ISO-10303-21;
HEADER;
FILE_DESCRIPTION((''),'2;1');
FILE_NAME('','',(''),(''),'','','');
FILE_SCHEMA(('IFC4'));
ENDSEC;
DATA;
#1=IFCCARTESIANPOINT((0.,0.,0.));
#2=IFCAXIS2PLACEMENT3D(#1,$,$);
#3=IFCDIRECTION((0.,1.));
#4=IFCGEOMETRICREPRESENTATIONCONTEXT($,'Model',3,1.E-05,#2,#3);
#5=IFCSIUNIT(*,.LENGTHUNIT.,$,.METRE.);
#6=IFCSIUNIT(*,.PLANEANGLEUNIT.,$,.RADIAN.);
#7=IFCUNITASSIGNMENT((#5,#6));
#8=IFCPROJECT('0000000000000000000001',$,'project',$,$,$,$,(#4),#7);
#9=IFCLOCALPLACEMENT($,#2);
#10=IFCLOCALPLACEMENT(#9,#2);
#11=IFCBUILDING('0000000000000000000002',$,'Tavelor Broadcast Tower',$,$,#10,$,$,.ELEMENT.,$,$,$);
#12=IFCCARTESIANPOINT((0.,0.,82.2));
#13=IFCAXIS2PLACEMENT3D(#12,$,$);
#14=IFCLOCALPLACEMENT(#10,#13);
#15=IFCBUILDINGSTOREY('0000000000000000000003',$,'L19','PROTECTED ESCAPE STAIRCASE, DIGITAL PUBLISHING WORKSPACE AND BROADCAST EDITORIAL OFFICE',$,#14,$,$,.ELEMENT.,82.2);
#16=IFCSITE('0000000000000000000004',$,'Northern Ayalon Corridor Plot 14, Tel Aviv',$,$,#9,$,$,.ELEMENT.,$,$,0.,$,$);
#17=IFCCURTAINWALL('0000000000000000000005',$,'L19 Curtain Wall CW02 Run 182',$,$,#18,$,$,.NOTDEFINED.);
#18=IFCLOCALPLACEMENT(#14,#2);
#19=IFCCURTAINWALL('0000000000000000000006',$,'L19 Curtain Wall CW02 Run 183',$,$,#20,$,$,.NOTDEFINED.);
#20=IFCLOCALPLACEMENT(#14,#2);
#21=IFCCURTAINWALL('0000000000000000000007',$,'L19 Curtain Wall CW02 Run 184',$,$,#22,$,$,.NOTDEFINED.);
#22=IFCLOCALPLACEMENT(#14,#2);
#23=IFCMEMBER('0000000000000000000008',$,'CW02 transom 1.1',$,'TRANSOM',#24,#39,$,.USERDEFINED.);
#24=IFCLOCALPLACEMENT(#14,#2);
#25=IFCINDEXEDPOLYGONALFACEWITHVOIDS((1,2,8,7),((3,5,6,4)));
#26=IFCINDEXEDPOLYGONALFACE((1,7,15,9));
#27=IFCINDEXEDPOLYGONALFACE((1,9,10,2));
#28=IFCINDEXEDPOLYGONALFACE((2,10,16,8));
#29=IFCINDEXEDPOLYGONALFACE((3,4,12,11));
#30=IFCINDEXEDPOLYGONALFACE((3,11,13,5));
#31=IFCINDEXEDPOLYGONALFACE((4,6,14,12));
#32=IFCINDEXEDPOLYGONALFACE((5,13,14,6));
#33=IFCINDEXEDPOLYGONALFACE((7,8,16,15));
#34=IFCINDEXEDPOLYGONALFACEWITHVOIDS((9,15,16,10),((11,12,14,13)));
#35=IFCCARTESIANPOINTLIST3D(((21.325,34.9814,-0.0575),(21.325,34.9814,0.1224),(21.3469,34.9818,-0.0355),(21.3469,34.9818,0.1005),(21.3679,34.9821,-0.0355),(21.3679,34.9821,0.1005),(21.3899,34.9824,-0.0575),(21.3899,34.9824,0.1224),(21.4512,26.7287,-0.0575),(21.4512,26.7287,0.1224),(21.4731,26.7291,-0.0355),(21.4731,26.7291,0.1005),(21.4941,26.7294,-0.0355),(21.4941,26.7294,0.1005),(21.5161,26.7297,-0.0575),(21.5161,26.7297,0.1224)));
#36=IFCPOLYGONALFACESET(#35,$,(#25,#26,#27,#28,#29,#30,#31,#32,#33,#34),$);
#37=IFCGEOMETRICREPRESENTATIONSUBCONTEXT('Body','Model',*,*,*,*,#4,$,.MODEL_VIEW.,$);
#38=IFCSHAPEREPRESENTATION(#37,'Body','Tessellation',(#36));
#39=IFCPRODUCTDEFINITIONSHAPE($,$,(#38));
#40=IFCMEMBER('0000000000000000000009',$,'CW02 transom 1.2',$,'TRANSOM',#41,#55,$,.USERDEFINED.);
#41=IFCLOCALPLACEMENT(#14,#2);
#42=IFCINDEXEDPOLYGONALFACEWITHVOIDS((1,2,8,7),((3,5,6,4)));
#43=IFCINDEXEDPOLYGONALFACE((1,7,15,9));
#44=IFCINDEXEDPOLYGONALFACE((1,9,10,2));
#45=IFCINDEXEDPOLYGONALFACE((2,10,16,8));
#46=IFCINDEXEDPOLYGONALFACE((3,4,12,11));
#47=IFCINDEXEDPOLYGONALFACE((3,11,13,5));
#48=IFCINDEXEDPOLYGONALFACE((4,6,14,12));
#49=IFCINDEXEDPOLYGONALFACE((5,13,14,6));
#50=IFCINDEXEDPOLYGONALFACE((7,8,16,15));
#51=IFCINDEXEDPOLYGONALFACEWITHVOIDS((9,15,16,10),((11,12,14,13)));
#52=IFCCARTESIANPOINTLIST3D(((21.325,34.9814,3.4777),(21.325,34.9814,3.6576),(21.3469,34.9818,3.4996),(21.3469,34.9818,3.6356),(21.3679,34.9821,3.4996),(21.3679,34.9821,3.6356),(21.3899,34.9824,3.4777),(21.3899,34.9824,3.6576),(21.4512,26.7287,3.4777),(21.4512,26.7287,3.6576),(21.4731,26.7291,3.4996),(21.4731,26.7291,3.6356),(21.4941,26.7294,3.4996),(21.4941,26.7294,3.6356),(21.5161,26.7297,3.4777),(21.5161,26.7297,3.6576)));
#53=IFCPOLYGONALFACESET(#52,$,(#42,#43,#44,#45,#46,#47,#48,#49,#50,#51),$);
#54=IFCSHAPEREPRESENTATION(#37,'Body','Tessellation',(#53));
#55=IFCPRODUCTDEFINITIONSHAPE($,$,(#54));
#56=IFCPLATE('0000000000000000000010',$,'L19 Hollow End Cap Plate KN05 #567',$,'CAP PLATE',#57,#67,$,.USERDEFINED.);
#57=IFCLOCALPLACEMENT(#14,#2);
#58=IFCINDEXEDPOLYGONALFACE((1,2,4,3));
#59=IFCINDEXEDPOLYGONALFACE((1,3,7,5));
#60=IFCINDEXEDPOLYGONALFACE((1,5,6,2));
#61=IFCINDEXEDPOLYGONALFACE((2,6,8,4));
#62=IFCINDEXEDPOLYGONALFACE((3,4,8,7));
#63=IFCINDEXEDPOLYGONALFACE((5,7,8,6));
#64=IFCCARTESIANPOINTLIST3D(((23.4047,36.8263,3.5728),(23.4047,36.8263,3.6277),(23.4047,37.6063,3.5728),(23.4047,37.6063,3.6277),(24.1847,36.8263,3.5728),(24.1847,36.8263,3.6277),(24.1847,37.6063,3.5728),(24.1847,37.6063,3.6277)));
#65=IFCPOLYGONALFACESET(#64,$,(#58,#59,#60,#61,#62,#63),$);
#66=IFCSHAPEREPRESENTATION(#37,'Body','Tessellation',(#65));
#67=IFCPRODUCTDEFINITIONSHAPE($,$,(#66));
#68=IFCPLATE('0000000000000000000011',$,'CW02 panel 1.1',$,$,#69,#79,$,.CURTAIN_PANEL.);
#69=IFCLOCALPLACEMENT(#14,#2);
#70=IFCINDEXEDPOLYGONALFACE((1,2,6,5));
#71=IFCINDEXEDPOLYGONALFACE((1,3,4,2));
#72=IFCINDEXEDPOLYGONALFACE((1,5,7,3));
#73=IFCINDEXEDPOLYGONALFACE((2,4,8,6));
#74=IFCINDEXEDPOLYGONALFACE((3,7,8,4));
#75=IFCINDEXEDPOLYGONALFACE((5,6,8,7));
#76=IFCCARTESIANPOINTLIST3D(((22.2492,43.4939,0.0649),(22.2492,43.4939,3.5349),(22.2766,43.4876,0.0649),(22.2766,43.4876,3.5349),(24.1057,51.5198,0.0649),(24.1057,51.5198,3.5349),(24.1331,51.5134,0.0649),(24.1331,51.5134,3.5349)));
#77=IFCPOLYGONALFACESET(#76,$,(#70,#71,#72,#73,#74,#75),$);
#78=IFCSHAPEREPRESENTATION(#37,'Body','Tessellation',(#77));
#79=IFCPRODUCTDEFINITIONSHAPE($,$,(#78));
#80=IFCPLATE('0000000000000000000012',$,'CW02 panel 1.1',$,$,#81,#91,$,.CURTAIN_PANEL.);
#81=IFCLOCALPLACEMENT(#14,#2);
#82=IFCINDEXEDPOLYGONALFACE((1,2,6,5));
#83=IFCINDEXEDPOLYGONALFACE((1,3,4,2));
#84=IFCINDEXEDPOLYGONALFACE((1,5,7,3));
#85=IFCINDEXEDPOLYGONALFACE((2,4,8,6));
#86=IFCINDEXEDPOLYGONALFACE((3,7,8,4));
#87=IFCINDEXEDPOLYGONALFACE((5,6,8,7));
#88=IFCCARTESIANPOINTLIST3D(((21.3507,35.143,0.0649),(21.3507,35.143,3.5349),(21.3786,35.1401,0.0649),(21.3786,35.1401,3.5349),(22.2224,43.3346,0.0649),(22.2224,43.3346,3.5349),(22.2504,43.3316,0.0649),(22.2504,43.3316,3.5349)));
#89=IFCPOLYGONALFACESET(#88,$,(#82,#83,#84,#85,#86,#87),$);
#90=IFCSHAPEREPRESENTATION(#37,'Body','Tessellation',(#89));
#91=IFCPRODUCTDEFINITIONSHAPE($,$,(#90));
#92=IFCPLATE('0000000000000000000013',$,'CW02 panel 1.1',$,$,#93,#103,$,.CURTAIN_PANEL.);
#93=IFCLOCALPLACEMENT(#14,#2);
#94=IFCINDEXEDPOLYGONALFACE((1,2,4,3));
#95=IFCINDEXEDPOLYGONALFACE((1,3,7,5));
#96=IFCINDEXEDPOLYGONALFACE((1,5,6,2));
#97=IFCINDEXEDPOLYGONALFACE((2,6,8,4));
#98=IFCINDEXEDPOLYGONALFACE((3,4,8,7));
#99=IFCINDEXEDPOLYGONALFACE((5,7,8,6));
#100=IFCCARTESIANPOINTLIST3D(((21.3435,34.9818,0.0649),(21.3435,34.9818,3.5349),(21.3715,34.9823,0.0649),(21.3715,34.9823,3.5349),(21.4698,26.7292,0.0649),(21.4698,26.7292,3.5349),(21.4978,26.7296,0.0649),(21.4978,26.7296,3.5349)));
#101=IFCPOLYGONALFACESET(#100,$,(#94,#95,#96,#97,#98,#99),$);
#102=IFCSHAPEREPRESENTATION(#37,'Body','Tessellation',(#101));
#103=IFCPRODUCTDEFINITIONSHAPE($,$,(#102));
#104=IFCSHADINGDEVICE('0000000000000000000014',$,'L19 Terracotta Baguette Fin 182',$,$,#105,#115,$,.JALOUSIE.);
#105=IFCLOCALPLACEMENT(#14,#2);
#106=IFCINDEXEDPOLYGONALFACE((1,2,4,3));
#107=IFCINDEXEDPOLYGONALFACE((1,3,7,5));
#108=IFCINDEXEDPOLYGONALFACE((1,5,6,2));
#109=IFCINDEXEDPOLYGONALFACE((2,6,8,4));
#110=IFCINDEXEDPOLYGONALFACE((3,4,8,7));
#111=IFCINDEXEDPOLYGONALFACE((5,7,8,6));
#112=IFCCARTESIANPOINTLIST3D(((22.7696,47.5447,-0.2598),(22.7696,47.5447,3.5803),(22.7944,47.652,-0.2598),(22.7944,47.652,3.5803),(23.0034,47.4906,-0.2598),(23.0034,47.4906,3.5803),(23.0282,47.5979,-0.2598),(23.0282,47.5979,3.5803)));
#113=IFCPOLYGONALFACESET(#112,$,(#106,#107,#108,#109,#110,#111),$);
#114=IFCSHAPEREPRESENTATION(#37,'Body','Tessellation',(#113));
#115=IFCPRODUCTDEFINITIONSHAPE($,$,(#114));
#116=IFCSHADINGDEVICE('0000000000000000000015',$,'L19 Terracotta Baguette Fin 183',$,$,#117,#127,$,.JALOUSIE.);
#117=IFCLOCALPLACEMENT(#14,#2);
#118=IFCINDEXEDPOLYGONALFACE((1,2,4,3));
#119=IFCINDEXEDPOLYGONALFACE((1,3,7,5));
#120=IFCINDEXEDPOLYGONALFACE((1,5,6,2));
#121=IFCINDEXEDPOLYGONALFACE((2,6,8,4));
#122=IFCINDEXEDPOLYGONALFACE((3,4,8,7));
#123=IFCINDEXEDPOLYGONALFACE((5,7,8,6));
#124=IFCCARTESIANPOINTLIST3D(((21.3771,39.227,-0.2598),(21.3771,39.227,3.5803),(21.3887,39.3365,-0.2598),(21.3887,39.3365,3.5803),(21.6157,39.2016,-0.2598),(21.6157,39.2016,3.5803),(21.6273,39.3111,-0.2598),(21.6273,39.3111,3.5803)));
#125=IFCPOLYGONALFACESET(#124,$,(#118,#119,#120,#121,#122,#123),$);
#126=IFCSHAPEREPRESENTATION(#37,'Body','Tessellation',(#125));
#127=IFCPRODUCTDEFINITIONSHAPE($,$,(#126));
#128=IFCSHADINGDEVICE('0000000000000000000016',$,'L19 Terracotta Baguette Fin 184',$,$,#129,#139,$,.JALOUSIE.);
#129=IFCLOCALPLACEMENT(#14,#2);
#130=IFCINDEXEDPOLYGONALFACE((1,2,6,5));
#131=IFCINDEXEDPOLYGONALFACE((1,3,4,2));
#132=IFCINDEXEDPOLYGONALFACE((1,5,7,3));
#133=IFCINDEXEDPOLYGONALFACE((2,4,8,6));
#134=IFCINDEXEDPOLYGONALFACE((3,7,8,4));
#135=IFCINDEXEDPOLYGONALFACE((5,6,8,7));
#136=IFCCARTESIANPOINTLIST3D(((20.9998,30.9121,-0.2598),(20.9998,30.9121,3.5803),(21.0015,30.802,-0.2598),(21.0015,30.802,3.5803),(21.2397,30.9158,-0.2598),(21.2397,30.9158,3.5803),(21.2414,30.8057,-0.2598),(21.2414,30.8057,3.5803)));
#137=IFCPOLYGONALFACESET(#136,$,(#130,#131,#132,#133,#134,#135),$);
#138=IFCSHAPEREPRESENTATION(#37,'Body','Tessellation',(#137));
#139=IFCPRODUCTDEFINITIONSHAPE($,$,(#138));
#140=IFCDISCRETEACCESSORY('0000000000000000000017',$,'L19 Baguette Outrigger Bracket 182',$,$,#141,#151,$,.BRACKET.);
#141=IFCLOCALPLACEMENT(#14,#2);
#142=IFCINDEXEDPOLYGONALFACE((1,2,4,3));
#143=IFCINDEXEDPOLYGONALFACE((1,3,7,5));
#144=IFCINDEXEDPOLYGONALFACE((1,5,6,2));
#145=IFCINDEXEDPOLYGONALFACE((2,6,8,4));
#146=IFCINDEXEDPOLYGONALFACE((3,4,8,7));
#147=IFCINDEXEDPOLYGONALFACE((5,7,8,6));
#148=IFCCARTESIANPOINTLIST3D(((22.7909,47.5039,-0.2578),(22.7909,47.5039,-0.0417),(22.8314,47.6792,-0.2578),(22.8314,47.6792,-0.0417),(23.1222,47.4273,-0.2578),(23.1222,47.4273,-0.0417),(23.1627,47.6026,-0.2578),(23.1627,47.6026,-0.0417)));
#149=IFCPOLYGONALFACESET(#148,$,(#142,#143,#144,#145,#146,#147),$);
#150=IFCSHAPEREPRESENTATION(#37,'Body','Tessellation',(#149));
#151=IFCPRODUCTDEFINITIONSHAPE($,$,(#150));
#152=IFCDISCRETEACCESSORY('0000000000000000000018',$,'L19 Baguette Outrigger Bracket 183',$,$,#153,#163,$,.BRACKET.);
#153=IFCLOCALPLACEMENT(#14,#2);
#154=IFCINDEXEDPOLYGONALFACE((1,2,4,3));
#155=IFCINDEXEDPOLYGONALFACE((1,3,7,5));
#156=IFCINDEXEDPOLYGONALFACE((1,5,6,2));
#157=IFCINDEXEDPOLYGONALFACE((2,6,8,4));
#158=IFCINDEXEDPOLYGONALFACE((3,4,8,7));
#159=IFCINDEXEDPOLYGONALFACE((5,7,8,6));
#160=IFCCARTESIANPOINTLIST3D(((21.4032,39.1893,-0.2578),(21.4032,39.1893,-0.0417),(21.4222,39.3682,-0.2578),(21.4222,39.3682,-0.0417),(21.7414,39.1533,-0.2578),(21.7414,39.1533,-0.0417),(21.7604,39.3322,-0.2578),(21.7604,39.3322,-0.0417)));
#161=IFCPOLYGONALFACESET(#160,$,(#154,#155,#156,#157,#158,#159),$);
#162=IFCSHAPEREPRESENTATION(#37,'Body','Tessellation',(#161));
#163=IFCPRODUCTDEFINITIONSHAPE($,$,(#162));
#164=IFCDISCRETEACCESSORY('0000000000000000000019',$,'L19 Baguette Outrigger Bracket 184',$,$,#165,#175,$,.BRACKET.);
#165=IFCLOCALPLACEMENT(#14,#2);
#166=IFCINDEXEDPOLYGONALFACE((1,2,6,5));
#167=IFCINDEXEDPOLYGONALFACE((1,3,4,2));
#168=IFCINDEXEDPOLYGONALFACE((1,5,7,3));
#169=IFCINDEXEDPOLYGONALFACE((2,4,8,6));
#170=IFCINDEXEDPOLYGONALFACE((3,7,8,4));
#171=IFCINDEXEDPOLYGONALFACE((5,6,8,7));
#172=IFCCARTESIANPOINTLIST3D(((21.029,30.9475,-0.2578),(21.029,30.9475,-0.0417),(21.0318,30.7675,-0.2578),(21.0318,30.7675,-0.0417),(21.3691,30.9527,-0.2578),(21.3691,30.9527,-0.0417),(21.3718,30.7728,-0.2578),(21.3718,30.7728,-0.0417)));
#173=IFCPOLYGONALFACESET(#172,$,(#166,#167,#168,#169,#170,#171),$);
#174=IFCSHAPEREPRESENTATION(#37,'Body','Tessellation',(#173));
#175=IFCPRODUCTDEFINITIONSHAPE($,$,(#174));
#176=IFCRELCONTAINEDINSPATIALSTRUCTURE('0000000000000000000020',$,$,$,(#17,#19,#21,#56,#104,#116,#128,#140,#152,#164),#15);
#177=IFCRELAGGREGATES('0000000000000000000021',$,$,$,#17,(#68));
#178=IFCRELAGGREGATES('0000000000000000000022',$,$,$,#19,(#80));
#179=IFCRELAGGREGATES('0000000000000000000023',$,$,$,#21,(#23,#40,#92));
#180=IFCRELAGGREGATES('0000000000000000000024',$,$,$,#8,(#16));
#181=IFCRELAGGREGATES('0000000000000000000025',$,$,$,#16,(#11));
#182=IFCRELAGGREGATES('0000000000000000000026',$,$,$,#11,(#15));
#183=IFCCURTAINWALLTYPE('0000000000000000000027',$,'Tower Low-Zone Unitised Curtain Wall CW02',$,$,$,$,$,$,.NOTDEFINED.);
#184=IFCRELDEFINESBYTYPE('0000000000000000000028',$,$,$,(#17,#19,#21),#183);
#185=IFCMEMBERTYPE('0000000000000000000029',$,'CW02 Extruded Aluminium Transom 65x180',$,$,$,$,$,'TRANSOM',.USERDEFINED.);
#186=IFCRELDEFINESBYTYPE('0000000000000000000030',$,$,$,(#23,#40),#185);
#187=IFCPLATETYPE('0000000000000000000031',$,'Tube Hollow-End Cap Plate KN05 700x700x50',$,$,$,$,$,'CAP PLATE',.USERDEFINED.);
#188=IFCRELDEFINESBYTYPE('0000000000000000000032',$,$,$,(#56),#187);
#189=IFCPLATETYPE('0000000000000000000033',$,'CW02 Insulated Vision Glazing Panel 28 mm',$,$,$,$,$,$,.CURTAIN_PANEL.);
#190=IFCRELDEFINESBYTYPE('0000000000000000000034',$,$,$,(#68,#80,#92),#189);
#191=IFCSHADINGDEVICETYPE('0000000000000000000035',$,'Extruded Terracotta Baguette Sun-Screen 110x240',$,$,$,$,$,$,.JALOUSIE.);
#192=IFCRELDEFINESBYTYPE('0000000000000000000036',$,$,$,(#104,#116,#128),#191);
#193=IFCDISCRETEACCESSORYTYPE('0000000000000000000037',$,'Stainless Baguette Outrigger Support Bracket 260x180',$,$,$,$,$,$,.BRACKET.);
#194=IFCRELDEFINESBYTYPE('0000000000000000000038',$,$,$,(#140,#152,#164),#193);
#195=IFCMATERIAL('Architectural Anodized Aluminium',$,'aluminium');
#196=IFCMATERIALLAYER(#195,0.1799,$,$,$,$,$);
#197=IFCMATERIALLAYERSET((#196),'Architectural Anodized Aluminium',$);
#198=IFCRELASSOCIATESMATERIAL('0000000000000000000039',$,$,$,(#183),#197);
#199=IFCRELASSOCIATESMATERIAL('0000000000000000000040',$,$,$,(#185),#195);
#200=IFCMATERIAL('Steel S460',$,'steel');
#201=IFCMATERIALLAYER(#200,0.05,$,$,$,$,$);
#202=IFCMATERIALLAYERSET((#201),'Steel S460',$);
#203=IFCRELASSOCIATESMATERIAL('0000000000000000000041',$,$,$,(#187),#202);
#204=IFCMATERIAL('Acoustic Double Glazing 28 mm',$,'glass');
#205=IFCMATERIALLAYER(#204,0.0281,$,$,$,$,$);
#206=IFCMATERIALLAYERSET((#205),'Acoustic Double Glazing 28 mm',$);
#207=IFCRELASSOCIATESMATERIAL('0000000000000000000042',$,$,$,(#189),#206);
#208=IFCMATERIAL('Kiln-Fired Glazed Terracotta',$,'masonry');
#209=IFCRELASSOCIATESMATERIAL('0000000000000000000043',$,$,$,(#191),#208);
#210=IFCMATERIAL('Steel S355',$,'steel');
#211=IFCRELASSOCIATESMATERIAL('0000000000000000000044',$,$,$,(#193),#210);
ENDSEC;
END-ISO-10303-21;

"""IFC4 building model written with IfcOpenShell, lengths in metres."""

from ifc_helpers import new_model, si_unit, direction, frame, origin, origin_2d, place, context, subcontext, project, spatial, rectangle, hollow_rectangle, extrude, source, transform, mapped, material, layer, layer_set, material_profile, profile_set, type_object, type_shapes, element, aggregate, save


model = new_model("IFC4")

# Units and contexts
model_context = context("Model", 3, precision=1e-05, world=origin(), true_north=direction((0.0, 1.0)))
body_context = subcontext(model_context, "Body", "Model", "MODEL_VIEW")
ifc_project = project(units=[si_unit("LENGTHUNIT", "METRE"), si_unit("PLANEANGLEUNIT", "RADIAN")], contexts=[model_context])

# Site, building, storey
site_placement = place(None, origin())
site = spatial("IfcSite", under=ifc_project, at=site_placement, Name="Northern Ayalon Corridor Plot 14, Tel Aviv", CompositionType="ELEMENT", RefElevation=0.0)
building_placement = place(site_placement, origin())
building = spatial("IfcBuilding", under=site, at=building_placement, Name="Tavelor Broadcast Tower", CompositionType="ELEMENT")
storey_placement = place(building_placement, frame((0.0, 0.0, 82.2)))
storey = spatial("IfcBuildingStorey", under=building, at=storey_placement, Name="L19", Description="PROTECTED ESCAPE STAIRCASE, DIGITAL PUBLISHING WORKSPACE AND BROADCAST EDITORIAL OFFICE", CompositionType="ELEMENT", Elevation=82.2)

# Shared definitions
ifc_material_1 = material(Name="Steel S460", Category="steel")

# Shared definitions
ifc_material_2 = material(Name="Steel S355", Category="steel")

# Curtain wall
ifc_material_3 = material(Name="Architectural Anodized Aluminium", Category="aluminium")
ifc_layer_1 = layer(ifc_material_3, 0.1799)
ifc_layer_set_1 = layer_set([ifc_layer_1], Name="Architectural Anodized Aluminium")
curtain_wall_type = type_object("IfcCurtainWallType", Name="Tower Low-Zone Unitised Curtain Wall CW02", PredefinedType="NOTDEFINED", material=ifc_layer_set_1)
curtain_wall_1_placement = place(storey_placement, origin())
curtain_wall_1 = element("IfcCurtainWall", 1, at=curtain_wall_1_placement, inside=storey, type_object=curtain_wall_type, Name="L19 Curtain Wall CW02 Run 182", PredefinedType="NOTDEFINED")

# Curtain wall
curtain_wall_2_placement = place(storey_placement, origin())
curtain_wall_2 = element("IfcCurtainWall", 2, at=curtain_wall_2_placement, inside=storey, type_object=curtain_wall_type, Name="L19 Curtain Wall CW02 Run 183", PredefinedType="NOTDEFINED")

# Curtain wall
curtain_wall_3_placement = place(storey_placement, origin())
curtain_wall_3 = element("IfcCurtainWall", 3, at=curtain_wall_3_placement, inside=storey, type_object=curtain_wall_type, Name="L19 Curtain Wall CW02 Run 184", PredefinedType="NOTDEFINED")

# Members
ifc_material_profile_1 = material_profile(ifc_material_3, hollow_rectangle(XDim=0.0649, YDim=0.1799, WallThickness=0.022, at=origin_2d()), Name="RHS 65x180x22")
ifc_profile_set_1 = profile_set([ifc_material_profile_1], Name="Architectural Anodized Aluminium")
member_type_1 = type_object("IfcMemberType", Name="CW02 Extruded Aluminium Transom 65x180", ElementType="TRANSOM", PredefinedType="USERDEFINED", material=ifc_profile_set_1)
shared_shape_1 = source(origin(), body_context, "Body", "SweptSolid", [
    extrude(hollow_rectangle(XDim=0.0649, YDim=0.1799, WallThickness=0.022, at=origin_2d()), origin(), (0.0, 0.0, 1.0), 8.2537),
])
member_1_placement = place(storey_placement, frame((21.3574, 34.9819, 0.0325), z_axis=(0.015293, -0.999883, 0.0), x_axis=(0.999883, 0.015293, 0.0)))
member_1 = element("IfcMember", 4, at=member_1_placement, type_object=member_type_1, Name="CW02 transom 1.1", ObjectType="TRANSOM", PredefinedType="USERDEFINED", context=body_context, shape_type="MappedRepresentation", body=[
    mapped(shared_shape_1, transform((0.0, 0.0, 0.0), scale=1.0)),
])
member_2_placement = place(storey_placement, frame((21.3574, 34.9819, 3.5676), z_axis=(0.015293, -0.999883, 0.0), x_axis=(0.999883, 0.015293, 0.0)))
member_2 = element("IfcMember", 5, at=member_2_placement, type_object=member_type_1, Name="CW02 transom 1.2", ObjectType="TRANSOM", PredefinedType="USERDEFINED", context=body_context, shape_type="MappedRepresentation", body=[
    mapped(shared_shape_1, transform((0.0, 0.0, 0.0), scale=1.0)),
])

# Plates
ifc_layer_2 = layer(ifc_material_1, 0.05)
ifc_layer_set_2 = layer_set([ifc_layer_2], Name="Steel S460")
plate_type_1 = type_object("IfcPlateType", Name="Tube Hollow-End Cap Plate KN05 700x700x50", ElementType="CAP PLATE", PredefinedType="USERDEFINED", material=ifc_layer_set_2)
shared_shape_2 = source(origin(), body_context, "Body", "SweptSolid", [
    extrude(rectangle(XDim=0.78, YDim=0.78, at=origin_2d()), origin(), (0.0, 0.0, 1.0), 0.0549),
])
type_shapes(plate_type_1, [shared_shape_2])
plate_1_placement = place(storey_placement, frame((23.7947, 37.2163, 3.5728), z_axis=(0.0, 0.0, 1.0), x_axis=(1.0, 0.0, 0.0)))
element("IfcPlate", 6, at=plate_1_placement, inside=storey, type_object=plate_type_1, Name="L19 Hollow End Cap Plate KN05 #567", ObjectType="CAP PLATE", PredefinedType="USERDEFINED", context=body_context, shape_type="MappedRepresentation", body=[
    mapped(shared_shape_2, transform((0.0, 0.0, 0.0), scale=1.0)),
])
ifc_material_4 = material(Name="Acoustic Double Glazing 28 mm", Category="glass")
ifc_layer_3 = layer(ifc_material_4, 0.0281)
ifc_layer_set_3 = layer_set([ifc_layer_3], Name="Acoustic Double Glazing 28 mm")
plate_type_2 = type_object("IfcPlateType", Name="CW02 Insulated Vision Glazing Panel 28 mm", PredefinedType="CURTAIN_PANEL", material=ifc_layer_set_3)
shared_shape_3 = source(origin(), body_context, "Body", "SweptSolid", [
    extrude(rectangle(XDim=8.2378, YDim=0.0281, at=origin_2d()), origin(), (0.0, 0.0, 1.0), 3.47),
])
plate_2_placement = place(storey_placement, frame((23.1912, 47.5037, 0.0649), z_axis=(0.0, 0.0, 1.0), x_axis=(-0.225362, -0.974275, 0.0)))
plate_2 = element("IfcPlate", 7, at=plate_2_placement, type_object=plate_type_2, Name="CW02 panel 1.1", PredefinedType="CURTAIN_PANEL", context=body_context, shape_type="MappedRepresentation", body=[
    mapped(shared_shape_3, transform((0.0, 0.0, 0.0), scale=1.0)),
])
aggregate(curtain_wall_1, [plate_2])
plate_3_placement = place(storey_placement, frame((21.8005, 39.2373, 0.0649), z_axis=(0.0, 0.0, 1.0), x_axis=(-0.105823, -0.994385, 0.0)))
plate_3 = element("IfcPlate", 8, at=plate_3_placement, type_object=plate_type_2, Name="CW02 panel 1.1", PredefinedType="CURTAIN_PANEL", context=body_context, shape_type="MappedRepresentation", body=[
    mapped(shared_shape_3, transform((0.0, 0.0, 0.0), scale=1.0)),
])
aggregate(curtain_wall_2, [plate_3])
shared_shape_4 = source(origin(), body_context, "Body", "SweptSolid", [
    extrude(rectangle(XDim=8.2537, YDim=0.0281, at=origin_2d()), origin(), (0.0, 0.0, 1.0), 3.47),
])
type_shapes(plate_type_2, [shared_shape_3, shared_shape_4])
plate_4_placement = place(storey_placement, frame((21.4207, 30.8557, 0.0649), z_axis=(0.0, 0.0, 1.0), x_axis=(0.015303, -0.999883, 0.0)))
plate_4 = element("IfcPlate", 9, at=plate_4_placement, type_object=plate_type_2, Name="CW02 panel 1.1", PredefinedType="CURTAIN_PANEL", context=body_context, shape_type="MappedRepresentation", body=[
    mapped(shared_shape_4, transform((0.0, 0.0, 0.0), scale=1.0)),
])
aggregate(curtain_wall_3, [member_1, member_2, plate_4])

# Shading devices
ifc_material_5 = material(Name="Kiln-Fired Glazed Terracotta", Category="masonry")
shading_device_type = type_object("IfcShadingDeviceType", Name="Extruded Terracotta Baguette Sun-Screen 110x240", PredefinedType="JALOUSIE", material=ifc_material_5)
shared_shape_5 = source(origin(), body_context, "Body", "SweptSolid", [
    extrude(rectangle(XDim=0.1101, YDim=0.24, at=origin_2d()), origin(), (0.0, 0.0, 1.0), 3.8401),
])
type_shapes(shading_device_type, [shared_shape_5])
for number, where, z_axis, x_axis, name in (
    (10, (22.8989, 47.5713, -0.2598), (0.0, 0.0, 1.0), (-0.225291, -0.974291, 0.0), "L19 Terracotta Baguette Fin 182"),
    (11, (21.5022, 39.269, -0.2598), (0.0, 0.0, 1.0), (-0.105743, -0.994393, 0.0), "L19 Terracotta Baguette Fin 183"),
    (12, (21.1206, 30.8589, -0.2598), (0.0, 0.0, 1.0), (0.015358, -0.999882, 0.0), "L19 Terracotta Baguette Fin 184"),
):
    element("IfcShadingDevice", number, at=place(storey_placement, frame(where, z_axis=z_axis, x_axis=x_axis)), inside=storey, type_object=shading_device_type, Name=name, PredefinedType="JALOUSIE", context=body_context, shape_type="MappedRepresentation", body=[
        mapped(shared_shape_5, transform((0.0, 0.0, 0.0), scale=1.0)),
    ])

# Discrete accessories
discrete_accessory_type = type_object("IfcDiscreteAccessoryType", Name="Stainless Baguette Outrigger Support Bracket 260x180", PredefinedType="BRACKET", material=ifc_material_2)
shared_shape_6 = source(origin(), body_context, "Body", "SweptSolid", [
    extrude(rectangle(XDim=0.1799, YDim=0.3401, at=origin_2d()), origin(), (0.0, 0.0, 1.0), 0.2161),
])
type_shapes(discrete_accessory_type, [shared_shape_6])
for number, where, z_axis, x_axis, name in (
    (13, (22.9768, 47.5532, -0.2578), (0.0, 0.0, 1.0), (-0.225291, -0.974291, 0.0), "L19 Baguette Outrigger Bracket 182"),
    (14, (21.5818, 39.2607, -0.2578), (0.0, 0.0, 1.0), (-0.105743, -0.994393, 0.0), "L19 Baguette Outrigger Bracket 183"),
    (15, (21.2004, 30.8601, -0.2578), (0.0, 0.0, 1.0), (0.015358, -0.999882, 0.0), "L19 Baguette Outrigger Bracket 184"),
):
    element("IfcDiscreteAccessory", number, at=place(storey_placement, frame(where, z_axis=z_axis, x_axis=x_axis)), inside=storey, type_object=discrete_accessory_type, Name=name, PredefinedType="BRACKET", context=body_context, shape_type="MappedRepresentation", body=[
        mapped(shared_shape_6, transform((0.0, 0.0, 0.0), scale=1.0)),
    ])

save(model, "model.ifc")
